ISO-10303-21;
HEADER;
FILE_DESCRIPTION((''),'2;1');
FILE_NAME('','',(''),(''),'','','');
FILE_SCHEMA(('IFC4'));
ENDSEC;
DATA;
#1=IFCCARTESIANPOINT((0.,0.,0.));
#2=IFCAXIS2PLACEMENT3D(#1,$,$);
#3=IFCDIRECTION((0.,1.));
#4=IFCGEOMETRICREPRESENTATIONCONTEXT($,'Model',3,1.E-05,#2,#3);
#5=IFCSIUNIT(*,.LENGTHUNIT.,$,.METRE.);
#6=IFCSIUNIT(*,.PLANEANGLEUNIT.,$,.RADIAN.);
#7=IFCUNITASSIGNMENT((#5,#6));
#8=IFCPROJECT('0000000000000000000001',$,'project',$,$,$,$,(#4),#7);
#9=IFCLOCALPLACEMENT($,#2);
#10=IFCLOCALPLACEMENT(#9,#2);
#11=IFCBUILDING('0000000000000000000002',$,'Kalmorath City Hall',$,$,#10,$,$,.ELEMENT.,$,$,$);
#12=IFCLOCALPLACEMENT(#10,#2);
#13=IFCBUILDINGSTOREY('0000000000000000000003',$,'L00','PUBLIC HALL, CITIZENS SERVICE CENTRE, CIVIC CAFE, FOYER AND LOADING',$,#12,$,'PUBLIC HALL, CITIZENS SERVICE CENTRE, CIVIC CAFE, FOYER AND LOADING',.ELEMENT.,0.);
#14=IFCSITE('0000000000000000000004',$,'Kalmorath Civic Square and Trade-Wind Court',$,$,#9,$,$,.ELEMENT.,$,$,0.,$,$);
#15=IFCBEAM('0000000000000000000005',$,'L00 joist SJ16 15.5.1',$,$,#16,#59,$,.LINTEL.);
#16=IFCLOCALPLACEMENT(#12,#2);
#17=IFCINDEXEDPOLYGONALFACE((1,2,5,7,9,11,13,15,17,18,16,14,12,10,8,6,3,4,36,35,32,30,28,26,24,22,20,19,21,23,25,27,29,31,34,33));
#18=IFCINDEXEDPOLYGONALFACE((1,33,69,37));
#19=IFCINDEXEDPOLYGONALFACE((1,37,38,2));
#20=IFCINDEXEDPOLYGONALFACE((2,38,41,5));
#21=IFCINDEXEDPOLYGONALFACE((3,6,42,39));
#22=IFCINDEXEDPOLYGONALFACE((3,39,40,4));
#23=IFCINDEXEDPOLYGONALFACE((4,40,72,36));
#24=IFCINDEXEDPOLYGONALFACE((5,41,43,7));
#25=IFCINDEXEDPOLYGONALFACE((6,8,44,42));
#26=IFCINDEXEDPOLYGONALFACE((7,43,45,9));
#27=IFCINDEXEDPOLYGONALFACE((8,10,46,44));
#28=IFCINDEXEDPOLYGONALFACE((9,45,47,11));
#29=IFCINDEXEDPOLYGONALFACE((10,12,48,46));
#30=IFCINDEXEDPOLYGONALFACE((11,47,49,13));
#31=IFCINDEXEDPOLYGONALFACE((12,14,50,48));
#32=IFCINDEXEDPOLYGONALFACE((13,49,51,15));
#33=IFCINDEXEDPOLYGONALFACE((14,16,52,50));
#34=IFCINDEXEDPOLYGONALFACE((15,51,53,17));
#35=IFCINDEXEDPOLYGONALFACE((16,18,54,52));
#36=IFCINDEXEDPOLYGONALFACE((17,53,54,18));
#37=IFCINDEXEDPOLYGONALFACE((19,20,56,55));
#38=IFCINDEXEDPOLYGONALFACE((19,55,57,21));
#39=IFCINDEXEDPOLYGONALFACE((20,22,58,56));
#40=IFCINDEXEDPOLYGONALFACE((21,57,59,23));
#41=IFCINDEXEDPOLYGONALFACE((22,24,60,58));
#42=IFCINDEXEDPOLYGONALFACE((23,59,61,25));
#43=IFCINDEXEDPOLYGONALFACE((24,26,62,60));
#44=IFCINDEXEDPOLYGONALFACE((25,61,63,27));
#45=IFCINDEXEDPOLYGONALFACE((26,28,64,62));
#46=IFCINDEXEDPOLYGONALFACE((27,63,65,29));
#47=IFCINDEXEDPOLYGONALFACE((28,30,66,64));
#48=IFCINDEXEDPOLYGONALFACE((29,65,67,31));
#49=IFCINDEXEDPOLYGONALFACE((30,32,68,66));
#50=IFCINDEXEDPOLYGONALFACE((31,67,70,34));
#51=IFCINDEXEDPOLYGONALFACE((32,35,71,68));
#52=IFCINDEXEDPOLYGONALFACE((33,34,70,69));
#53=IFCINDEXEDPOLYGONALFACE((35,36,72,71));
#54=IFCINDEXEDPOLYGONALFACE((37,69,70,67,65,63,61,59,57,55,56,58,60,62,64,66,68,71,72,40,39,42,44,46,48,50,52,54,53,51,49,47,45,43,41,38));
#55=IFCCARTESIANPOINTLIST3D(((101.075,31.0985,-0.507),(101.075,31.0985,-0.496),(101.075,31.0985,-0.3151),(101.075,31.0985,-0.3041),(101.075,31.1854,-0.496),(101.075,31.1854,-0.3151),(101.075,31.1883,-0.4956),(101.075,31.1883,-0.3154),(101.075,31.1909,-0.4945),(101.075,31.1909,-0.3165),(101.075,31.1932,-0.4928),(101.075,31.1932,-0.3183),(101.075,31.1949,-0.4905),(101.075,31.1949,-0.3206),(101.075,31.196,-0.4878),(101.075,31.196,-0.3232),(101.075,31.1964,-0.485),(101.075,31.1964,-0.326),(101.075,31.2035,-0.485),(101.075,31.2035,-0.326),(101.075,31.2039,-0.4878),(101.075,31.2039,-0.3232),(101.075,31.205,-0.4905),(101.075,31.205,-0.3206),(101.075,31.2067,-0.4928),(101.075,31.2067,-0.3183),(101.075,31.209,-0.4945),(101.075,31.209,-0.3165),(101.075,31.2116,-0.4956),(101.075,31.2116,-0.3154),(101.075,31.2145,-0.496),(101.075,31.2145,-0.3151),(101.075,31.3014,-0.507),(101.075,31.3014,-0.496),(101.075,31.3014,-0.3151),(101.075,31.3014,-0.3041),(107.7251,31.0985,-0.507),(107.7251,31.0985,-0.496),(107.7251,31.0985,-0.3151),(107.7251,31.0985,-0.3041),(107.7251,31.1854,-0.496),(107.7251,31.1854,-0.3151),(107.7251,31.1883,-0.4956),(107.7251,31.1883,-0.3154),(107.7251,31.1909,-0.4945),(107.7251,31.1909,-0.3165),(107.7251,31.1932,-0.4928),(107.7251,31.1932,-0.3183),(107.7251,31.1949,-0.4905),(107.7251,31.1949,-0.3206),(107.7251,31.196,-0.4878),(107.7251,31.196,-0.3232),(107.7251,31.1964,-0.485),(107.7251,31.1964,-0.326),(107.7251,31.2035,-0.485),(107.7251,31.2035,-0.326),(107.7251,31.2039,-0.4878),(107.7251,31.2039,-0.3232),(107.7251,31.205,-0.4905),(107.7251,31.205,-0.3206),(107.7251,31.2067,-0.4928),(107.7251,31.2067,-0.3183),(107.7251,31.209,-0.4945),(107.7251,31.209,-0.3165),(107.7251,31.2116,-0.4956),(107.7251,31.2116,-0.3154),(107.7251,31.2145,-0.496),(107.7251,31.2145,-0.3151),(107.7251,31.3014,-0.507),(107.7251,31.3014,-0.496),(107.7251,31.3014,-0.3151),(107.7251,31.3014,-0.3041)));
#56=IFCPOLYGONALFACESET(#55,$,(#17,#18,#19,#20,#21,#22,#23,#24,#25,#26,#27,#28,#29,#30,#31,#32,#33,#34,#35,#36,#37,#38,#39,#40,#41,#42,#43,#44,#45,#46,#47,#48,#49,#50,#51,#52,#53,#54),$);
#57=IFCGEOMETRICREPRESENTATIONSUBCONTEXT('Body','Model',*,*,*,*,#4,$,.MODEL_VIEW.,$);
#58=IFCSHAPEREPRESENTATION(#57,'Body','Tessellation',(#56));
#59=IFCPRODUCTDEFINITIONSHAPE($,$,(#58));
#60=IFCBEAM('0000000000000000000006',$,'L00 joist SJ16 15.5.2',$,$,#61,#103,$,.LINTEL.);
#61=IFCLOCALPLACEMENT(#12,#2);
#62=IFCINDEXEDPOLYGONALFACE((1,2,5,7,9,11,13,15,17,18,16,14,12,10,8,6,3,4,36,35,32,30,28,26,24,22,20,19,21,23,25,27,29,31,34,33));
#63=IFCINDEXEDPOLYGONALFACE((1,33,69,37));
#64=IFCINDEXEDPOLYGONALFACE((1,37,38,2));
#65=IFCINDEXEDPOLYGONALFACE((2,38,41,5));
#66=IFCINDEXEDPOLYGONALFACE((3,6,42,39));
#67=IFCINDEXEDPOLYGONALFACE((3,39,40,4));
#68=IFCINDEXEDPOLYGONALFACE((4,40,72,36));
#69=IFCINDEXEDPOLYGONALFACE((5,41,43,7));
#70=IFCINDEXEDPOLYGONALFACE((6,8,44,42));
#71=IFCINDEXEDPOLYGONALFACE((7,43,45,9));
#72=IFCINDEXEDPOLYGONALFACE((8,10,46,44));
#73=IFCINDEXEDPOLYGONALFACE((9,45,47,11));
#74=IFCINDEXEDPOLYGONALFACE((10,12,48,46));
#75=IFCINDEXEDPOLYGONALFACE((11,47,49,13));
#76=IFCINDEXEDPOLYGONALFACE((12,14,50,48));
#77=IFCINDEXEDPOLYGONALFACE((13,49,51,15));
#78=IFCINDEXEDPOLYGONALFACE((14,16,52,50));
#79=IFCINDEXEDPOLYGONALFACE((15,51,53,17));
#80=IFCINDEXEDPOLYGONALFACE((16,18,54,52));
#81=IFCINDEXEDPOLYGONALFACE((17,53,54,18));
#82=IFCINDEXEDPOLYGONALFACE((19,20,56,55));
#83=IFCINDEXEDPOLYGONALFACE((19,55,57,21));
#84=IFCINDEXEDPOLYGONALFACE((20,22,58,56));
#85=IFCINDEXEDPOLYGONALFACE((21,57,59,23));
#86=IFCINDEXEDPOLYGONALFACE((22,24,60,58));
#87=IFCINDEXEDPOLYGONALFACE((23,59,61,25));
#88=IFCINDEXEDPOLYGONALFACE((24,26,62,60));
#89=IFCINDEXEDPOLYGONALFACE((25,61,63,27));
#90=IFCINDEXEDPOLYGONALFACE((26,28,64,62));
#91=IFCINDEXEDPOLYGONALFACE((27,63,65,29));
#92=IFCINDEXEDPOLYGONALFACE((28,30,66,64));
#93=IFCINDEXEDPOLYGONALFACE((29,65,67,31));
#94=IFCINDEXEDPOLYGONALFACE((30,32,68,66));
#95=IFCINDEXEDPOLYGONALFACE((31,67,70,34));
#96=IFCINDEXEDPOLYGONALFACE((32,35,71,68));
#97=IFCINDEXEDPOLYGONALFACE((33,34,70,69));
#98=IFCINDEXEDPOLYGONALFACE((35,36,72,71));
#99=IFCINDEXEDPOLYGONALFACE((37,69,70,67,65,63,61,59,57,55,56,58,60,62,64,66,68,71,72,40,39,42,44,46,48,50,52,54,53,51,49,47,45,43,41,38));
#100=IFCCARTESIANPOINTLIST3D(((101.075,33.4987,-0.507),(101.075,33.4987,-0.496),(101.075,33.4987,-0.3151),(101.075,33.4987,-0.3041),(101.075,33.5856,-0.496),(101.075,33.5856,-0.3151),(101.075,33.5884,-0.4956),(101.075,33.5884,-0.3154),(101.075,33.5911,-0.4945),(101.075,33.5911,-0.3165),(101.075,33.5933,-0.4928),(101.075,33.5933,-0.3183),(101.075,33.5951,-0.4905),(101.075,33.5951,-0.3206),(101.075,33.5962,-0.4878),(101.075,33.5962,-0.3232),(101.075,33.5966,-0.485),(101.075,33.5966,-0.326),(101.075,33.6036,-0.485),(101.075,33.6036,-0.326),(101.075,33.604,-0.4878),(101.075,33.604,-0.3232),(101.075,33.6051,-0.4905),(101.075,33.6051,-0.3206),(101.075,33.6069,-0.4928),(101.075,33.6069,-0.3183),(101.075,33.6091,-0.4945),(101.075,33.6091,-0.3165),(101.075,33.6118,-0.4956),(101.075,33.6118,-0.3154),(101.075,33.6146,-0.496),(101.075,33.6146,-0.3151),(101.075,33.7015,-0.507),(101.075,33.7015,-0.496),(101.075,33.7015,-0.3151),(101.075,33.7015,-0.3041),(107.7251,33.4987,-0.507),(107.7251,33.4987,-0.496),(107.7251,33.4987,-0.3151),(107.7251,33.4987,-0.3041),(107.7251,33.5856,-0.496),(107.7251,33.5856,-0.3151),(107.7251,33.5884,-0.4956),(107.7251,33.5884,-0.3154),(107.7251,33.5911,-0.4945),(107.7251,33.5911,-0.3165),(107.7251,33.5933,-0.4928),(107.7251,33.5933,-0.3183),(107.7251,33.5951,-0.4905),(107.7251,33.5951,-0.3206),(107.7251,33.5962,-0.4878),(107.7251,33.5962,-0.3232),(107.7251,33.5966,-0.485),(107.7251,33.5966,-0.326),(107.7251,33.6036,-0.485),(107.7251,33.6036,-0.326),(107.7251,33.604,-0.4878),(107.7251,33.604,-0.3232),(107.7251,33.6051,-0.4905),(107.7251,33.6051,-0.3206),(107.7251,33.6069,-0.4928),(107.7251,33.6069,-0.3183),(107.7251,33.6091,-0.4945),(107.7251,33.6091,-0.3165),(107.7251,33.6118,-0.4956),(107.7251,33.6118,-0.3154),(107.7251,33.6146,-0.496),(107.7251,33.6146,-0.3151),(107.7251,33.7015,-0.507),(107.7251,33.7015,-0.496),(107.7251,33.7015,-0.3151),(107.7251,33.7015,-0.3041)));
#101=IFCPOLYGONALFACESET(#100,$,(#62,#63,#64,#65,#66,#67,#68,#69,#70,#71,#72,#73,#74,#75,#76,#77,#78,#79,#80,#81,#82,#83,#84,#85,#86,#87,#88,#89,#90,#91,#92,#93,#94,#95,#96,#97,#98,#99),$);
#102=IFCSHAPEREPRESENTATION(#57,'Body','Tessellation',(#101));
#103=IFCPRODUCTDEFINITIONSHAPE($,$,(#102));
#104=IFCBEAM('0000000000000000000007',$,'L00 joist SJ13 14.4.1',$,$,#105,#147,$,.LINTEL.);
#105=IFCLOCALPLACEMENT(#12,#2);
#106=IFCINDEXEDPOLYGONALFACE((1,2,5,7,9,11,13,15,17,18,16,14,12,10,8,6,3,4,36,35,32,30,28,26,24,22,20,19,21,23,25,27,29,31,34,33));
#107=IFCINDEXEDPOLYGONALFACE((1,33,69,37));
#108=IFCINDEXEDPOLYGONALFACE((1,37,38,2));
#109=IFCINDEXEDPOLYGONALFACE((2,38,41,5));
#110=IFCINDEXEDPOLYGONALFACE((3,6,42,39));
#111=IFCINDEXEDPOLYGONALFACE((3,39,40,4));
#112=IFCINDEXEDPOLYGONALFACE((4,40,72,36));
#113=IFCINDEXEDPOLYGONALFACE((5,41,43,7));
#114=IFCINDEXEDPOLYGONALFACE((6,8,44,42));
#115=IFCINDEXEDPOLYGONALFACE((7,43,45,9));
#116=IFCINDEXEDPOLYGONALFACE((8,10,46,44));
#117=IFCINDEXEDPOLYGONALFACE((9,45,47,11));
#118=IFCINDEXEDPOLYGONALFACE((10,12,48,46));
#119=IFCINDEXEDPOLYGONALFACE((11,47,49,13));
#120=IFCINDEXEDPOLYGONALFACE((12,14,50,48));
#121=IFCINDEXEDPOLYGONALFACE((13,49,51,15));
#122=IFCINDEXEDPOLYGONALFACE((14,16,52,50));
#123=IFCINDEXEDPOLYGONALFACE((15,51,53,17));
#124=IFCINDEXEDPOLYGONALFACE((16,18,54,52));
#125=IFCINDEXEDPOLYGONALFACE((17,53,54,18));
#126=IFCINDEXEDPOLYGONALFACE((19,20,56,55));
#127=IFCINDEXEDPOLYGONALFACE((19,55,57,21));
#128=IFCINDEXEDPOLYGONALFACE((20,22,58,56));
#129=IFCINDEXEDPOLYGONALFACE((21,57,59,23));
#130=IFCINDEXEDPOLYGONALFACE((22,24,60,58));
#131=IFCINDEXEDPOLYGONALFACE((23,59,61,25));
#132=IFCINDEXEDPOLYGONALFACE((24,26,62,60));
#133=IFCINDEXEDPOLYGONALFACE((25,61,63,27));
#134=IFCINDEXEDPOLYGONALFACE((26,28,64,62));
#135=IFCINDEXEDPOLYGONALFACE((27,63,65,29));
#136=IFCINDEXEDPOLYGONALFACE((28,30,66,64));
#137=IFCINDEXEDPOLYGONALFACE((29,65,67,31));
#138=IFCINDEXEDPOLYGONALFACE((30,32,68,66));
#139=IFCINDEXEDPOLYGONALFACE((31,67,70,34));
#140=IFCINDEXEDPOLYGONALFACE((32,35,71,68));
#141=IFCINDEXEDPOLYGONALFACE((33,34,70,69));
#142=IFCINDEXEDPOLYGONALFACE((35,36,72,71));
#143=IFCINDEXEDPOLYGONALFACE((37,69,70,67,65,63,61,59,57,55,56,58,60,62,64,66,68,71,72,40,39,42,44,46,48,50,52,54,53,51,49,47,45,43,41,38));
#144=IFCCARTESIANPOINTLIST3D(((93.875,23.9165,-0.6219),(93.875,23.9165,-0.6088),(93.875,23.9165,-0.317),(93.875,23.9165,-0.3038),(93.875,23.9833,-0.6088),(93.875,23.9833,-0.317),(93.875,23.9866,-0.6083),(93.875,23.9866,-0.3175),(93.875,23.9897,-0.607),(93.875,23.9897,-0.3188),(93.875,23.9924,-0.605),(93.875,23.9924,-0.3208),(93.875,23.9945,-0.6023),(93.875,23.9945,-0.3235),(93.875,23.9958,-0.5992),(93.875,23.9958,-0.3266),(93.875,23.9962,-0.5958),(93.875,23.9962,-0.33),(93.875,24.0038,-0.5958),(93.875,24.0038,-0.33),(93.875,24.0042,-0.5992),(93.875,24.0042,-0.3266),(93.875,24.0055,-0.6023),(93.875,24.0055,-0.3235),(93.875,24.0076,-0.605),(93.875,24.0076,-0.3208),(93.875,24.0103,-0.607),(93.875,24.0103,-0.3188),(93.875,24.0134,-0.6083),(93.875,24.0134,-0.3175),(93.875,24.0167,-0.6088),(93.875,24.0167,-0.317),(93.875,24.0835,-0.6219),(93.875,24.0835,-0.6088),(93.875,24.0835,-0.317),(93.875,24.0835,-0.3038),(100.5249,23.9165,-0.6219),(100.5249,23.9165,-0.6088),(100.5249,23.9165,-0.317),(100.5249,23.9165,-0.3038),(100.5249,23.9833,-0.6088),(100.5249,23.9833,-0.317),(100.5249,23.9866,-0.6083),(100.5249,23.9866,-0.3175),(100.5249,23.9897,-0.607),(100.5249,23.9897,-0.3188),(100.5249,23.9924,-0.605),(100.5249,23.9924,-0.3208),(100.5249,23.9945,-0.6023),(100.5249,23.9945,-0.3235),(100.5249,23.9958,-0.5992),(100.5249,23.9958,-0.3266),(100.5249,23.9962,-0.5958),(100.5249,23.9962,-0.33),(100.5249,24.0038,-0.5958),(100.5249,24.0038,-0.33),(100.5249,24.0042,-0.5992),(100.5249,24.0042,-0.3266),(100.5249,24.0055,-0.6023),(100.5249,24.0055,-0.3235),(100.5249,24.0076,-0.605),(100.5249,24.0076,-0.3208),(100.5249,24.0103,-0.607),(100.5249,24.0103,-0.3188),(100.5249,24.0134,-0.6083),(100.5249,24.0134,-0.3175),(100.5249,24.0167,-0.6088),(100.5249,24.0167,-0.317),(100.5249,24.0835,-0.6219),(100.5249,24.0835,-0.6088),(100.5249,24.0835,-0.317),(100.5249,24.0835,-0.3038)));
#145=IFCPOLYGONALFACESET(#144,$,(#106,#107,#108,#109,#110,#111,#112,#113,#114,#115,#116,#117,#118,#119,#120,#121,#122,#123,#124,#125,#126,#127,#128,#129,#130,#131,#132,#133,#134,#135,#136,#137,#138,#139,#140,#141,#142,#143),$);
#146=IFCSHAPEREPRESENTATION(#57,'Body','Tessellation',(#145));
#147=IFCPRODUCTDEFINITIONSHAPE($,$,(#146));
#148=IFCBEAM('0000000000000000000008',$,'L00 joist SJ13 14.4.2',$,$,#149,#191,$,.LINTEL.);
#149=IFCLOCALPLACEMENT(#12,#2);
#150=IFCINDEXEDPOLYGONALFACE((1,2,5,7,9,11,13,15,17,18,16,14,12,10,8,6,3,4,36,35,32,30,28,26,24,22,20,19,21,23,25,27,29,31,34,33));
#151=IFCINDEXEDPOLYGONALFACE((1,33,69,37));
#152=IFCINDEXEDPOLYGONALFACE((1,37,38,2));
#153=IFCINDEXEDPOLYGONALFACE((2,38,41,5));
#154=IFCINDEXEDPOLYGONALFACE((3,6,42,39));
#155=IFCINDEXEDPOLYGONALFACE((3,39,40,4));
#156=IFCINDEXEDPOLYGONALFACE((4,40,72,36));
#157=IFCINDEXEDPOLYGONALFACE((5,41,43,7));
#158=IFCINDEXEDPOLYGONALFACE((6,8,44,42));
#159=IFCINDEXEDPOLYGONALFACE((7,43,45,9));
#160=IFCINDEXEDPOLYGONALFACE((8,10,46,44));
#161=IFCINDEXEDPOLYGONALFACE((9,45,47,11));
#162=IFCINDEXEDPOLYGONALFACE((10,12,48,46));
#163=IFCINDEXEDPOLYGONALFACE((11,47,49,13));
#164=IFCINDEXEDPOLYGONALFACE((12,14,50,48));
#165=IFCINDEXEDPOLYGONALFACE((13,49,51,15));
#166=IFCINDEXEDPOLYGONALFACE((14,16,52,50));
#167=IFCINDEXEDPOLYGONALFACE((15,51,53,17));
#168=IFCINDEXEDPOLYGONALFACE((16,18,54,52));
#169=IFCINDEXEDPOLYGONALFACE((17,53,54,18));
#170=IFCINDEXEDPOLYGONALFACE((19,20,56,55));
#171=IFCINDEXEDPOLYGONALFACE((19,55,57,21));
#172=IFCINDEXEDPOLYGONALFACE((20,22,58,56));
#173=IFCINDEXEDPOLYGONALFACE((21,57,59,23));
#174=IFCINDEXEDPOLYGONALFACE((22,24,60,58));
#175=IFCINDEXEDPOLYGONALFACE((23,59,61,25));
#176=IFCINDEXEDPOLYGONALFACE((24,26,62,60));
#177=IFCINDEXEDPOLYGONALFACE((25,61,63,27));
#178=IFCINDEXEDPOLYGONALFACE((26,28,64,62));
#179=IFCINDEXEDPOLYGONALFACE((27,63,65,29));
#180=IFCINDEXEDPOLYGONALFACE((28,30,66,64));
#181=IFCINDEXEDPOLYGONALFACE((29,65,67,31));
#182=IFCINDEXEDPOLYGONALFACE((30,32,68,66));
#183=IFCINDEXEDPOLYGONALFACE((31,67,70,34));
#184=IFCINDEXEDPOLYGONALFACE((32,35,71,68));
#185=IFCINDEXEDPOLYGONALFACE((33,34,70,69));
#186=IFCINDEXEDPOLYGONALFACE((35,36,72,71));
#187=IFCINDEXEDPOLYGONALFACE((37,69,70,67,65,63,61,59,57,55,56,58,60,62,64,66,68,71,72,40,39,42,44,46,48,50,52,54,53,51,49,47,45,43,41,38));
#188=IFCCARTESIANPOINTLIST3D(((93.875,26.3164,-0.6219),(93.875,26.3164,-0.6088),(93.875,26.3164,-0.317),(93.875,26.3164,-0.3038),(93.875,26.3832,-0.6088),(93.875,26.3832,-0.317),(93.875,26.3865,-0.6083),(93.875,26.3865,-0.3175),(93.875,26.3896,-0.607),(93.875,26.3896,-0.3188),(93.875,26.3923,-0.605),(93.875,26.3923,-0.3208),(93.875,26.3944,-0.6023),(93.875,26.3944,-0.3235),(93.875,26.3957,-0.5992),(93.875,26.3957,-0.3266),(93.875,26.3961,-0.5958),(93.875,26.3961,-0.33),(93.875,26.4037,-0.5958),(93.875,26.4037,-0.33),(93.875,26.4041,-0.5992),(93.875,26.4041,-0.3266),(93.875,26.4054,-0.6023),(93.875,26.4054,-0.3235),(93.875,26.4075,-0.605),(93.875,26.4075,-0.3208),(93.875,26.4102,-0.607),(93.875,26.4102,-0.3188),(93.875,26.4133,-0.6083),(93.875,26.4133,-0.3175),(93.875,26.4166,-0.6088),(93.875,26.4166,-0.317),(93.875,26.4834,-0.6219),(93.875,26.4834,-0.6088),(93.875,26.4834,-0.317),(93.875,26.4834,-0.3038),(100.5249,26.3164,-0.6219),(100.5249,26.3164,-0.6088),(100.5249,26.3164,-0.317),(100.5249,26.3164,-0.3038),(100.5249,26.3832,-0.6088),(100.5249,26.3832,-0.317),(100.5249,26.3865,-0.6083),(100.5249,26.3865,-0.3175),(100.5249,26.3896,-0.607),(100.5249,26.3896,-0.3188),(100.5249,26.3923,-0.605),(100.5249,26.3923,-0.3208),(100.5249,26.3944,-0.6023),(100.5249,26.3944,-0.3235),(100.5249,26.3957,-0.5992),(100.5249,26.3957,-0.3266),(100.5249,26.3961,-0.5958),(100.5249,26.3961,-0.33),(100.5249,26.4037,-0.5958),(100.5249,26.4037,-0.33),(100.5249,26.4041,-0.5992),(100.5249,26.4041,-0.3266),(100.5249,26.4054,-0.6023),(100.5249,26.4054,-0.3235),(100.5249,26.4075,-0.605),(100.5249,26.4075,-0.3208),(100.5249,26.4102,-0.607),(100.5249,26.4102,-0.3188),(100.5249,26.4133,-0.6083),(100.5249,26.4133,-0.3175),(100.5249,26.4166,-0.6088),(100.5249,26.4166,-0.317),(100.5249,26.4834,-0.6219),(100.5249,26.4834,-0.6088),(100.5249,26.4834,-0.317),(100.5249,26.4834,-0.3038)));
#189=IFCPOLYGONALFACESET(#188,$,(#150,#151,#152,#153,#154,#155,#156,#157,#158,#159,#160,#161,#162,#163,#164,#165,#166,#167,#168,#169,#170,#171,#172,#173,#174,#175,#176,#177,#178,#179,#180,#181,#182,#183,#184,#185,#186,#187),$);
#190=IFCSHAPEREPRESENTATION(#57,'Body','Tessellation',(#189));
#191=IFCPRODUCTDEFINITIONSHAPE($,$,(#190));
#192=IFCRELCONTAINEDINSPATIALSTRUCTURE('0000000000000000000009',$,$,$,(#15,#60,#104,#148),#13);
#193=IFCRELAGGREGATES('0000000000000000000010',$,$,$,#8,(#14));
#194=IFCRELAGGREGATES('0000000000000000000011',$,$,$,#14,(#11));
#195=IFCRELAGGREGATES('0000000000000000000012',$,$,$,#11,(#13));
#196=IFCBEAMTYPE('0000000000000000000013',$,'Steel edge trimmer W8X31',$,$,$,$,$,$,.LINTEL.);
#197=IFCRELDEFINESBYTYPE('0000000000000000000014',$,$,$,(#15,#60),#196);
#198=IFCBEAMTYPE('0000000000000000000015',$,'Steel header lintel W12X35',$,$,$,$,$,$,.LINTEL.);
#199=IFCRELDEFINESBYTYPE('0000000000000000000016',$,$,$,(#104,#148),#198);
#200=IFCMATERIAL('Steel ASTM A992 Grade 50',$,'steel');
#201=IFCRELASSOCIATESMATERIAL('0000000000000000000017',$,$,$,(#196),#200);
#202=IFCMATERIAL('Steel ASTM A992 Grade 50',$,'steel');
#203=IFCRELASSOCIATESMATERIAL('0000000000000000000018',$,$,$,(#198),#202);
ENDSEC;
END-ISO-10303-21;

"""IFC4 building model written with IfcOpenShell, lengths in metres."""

from ifc_helpers import new_model, si_unit, direction, frame, origin, origin_2d, place, context, subcontext, project, spatial, i_section, extrude, material, material_profile, profile_set, type_object, element, save


model = new_model("IFC4")

# Units and contexts
model_context = context("Model", 3, precision=1e-05, world=origin(), true_north=direction((0.0, 1.0)))
body_context = subcontext(model_context, "Body", "Model", "MODEL_VIEW")
ifc_project = project(units=[si_unit("LENGTHUNIT", "METRE"), si_unit("PLANEANGLEUNIT", "RADIAN")], contexts=[model_context])

# Site, building, storey
site_placement = place(None, origin())
site = spatial("IfcSite", under=ifc_project, at=site_placement, Name="Kalmorath Civic Square and Trade-Wind Court", CompositionType="ELEMENT", RefElevation=0.0)
building_placement = place(site_placement, origin())
building = spatial("IfcBuilding", under=site, at=building_placement, Name="Kalmorath City Hall", CompositionType="ELEMENT")
storey_placement = place(building_placement, origin())
storey = spatial("IfcBuildingStorey", under=building, at=storey_placement, Name="L00", Description="PUBLIC HALL, CITIZENS SERVICE CENTRE, CIVIC CAFE, FOYER AND LOADING", LongName="PUBLIC HALL, CITIZENS SERVICE CENTRE, CIVIC CAFE, FOYER AND LOADING", CompositionType="ELEMENT", Elevation=0.0)

# Beams
ifc_material_1 = material(Name="Steel ASTM A992 Grade 50", Category="steel")
ifc_material_profile_1 = material_profile(ifc_material_1, i_section(OverallWidth=0.2029, OverallDepth=0.2029, WebThickness=0.0071, FlangeThickness=0.011, FilletRadius=0.011, at=origin_2d()), Name="W8X31")
ifc_profile_set_1 = profile_set([ifc_material_profile_1], Name="Steel ASTM A992 Grade 50")
beam_type_1 = type_object("IfcBeamType", Name="Steel edge trimmer W8X31", PredefinedType="LINTEL", material=ifc_profile_set_1)
for number, where, z_axis, x_axis, name in (
    (1, (101.075, 31.2, -0.4055), (1.0, 0.0, 0.0), (0.0, 1.0, 0.0), "L00 joist SJ16 15.5.1"),
    (2, (101.075, 33.6001, -0.4055), (1.0, 0.0, 0.0), (0.0, 1.0, 0.0), "L00 joist SJ16 15.5.2"),
):
    element("IfcBeam", number, at=place(storey_placement, frame(where, z_axis=z_axis, x_axis=x_axis)), inside=storey, type_object=beam_type_1, Name=name, PredefinedType="LINTEL", context=body_context, shape_type="SweptSolid", body=[
        extrude(i_section(OverallWidth=0.2029, OverallDepth=0.2029, WebThickness=0.0071, FlangeThickness=0.011, FilletRadius=0.011, at=origin_2d()), origin(), (0.0, 0.0, 1.0), 6.6501),
    ])
ifc_material_2 = material(Name="Steel ASTM A992 Grade 50", Category="steel")
ifc_material_profile_2 = material_profile(ifc_material_2, i_section(OverallWidth=0.167, OverallDepth=0.3181, WebThickness=0.0076, FlangeThickness=0.0132, FilletRadius=0.0129, at=origin_2d()), Name="W12X35")
ifc_profile_set_2 = profile_set([ifc_material_profile_2], Name="Steel ASTM A992 Grade 50")
beam_type_2 = type_object("IfcBeamType", Name="Steel header lintel W12X35", PredefinedType="LINTEL", material=ifc_profile_set_2)
for number, where, z_axis, x_axis, name in (
    (3, (93.875, 24.0, -0.4629), (1.0, 0.0, 0.0), (0.0, 1.0, 0.0), "L00 joist SJ13 14.4.1"),
    (4, (93.875, 26.3999, -0.4629), (1.0, 0.0, 0.0), (0.0, 1.0, 0.0), "L00 joist SJ13 14.4.2"),
):
    element("IfcBeam", number, at=place(storey_placement, frame(where, z_axis=z_axis, x_axis=x_axis)), inside=storey, type_object=beam_type_2, Name=name, PredefinedType="LINTEL", context=body_context, shape_type="SweptSolid", body=[
        extrude(i_section(OverallWidth=0.167, OverallDepth=0.3181, WebThickness=0.0076, FlangeThickness=0.0132, FilletRadius=0.0129, at=origin_2d()), origin(), (0.0, 0.0, 1.0), 6.6499),
    ])

save(model, "model.ifc")
